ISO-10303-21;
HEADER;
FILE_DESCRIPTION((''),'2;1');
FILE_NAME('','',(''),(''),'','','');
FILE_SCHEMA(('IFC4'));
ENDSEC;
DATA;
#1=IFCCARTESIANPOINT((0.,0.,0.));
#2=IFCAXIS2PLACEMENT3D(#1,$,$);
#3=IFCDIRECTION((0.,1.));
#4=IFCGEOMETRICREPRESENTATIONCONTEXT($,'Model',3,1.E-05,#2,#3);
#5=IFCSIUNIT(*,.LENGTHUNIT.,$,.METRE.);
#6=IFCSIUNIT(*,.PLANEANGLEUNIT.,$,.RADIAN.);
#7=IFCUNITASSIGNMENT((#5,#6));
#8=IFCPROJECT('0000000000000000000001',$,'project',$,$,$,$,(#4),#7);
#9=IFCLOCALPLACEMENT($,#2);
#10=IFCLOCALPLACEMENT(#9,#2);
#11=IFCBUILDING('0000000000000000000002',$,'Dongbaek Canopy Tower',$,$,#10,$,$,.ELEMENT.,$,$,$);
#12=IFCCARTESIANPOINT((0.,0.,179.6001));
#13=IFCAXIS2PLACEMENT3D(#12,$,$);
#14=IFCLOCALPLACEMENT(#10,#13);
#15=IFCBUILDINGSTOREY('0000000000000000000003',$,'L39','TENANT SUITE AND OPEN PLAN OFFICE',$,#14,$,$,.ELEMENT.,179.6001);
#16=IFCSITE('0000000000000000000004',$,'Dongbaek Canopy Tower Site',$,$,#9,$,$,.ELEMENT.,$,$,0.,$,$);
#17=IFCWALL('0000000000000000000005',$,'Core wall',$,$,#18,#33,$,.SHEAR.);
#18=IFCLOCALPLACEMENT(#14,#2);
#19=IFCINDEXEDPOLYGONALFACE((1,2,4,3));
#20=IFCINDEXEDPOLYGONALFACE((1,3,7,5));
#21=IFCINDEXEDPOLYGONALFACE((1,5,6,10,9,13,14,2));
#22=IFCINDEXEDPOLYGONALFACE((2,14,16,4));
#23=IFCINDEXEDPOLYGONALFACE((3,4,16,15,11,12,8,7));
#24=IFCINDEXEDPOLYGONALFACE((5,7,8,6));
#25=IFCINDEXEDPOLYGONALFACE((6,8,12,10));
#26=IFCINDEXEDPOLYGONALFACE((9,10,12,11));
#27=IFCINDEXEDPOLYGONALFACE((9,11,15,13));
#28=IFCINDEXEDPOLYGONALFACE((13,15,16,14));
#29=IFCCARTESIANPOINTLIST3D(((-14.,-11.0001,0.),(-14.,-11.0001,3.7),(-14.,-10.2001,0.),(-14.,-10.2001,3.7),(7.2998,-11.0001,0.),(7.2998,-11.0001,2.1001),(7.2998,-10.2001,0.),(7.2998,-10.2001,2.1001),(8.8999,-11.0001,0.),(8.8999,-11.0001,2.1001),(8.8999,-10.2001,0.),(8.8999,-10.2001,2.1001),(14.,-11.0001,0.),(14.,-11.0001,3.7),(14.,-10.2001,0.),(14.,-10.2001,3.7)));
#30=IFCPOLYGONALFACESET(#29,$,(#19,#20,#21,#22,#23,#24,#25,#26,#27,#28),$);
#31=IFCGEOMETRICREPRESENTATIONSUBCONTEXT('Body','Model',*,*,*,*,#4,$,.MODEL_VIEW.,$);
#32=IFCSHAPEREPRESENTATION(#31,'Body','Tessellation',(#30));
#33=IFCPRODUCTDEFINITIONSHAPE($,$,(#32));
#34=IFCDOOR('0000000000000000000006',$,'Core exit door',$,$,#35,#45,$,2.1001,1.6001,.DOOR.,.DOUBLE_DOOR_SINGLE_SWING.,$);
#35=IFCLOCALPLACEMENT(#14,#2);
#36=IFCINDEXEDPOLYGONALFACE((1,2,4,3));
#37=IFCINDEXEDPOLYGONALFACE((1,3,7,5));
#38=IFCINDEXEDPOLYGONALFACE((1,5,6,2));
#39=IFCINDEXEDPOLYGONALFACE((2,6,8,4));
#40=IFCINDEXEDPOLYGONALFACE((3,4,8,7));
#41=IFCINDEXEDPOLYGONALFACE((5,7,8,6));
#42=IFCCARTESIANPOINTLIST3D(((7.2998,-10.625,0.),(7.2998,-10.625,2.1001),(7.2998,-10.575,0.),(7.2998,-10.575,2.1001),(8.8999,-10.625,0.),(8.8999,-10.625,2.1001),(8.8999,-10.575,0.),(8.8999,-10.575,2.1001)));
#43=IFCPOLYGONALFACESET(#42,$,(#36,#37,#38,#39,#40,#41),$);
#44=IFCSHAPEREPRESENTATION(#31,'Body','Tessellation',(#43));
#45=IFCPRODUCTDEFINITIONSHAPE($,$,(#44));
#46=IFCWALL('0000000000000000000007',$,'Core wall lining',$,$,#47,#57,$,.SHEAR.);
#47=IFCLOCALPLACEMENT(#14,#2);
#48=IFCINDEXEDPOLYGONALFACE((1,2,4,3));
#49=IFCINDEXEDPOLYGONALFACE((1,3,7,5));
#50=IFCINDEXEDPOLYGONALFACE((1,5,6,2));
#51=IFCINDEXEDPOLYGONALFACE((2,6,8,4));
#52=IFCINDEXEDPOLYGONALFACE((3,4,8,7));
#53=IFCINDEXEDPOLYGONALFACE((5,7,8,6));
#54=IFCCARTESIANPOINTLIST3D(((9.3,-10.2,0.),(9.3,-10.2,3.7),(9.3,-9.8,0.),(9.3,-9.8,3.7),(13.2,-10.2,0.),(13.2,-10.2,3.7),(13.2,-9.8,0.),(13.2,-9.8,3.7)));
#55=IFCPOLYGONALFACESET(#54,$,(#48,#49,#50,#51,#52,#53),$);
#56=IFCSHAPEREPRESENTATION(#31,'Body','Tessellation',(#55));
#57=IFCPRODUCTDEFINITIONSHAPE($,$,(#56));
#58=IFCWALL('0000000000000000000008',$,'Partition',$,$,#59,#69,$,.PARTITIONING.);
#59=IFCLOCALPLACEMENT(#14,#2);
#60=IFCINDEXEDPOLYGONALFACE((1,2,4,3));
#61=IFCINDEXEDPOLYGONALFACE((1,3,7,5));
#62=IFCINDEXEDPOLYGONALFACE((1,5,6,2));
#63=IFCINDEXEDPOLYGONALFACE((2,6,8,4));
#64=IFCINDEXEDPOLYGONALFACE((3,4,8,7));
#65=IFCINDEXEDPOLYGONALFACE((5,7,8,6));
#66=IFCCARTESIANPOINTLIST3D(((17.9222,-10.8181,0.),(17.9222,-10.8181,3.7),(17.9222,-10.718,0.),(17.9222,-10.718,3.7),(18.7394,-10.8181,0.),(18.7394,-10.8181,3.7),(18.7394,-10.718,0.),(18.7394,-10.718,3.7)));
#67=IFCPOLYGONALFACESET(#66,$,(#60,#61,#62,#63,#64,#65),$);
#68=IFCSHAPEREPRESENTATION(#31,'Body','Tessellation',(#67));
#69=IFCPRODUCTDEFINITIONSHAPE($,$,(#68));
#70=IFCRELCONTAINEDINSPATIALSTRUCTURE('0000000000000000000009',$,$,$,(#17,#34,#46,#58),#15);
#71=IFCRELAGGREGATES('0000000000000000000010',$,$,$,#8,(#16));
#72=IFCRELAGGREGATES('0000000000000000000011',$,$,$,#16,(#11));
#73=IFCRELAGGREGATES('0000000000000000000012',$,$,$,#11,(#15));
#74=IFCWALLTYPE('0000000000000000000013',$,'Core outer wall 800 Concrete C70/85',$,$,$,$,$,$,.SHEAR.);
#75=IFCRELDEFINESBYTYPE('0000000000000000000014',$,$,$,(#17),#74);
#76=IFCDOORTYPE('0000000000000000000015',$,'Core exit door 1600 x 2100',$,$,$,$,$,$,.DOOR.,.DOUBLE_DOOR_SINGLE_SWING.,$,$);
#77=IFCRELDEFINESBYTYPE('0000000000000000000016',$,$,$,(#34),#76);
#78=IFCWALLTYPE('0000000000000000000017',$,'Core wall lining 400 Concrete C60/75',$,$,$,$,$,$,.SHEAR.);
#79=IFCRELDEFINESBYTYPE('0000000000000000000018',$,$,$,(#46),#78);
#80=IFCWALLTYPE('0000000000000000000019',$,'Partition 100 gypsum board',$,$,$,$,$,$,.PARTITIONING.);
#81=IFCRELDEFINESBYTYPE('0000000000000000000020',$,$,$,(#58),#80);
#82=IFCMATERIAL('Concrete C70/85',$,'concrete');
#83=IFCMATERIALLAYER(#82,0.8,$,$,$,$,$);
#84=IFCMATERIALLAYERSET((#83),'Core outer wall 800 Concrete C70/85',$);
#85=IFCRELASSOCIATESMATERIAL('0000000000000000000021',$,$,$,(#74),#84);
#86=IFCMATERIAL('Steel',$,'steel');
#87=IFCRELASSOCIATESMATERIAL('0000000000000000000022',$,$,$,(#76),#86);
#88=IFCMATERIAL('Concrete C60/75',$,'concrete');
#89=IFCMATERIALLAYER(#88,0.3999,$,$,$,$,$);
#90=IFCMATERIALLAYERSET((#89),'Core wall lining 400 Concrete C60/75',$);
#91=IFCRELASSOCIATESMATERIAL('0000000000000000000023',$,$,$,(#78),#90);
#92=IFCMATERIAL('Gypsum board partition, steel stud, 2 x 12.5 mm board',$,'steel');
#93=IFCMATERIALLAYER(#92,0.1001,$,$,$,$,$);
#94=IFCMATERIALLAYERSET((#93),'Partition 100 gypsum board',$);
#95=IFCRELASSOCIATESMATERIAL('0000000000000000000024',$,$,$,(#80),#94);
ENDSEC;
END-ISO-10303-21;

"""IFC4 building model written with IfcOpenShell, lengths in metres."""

from ifc_helpers import new_model, si_unit, direction, frame, frame_2d, origin, place, context, subcontext, project, spatial, rectangle, extrude, material, layer, layer_set, type_object, element, fill, save


model = new_model("IFC4")

# Units and contexts
model_context = context("Model", 3, precision=1e-05, world=origin(), true_north=direction((0.0, 1.0)))
body_context = subcontext(model_context, "Body", "Model", "MODEL_VIEW")
ifc_project = project(units=[si_unit("LENGTHUNIT", "METRE"), si_unit("PLANEANGLEUNIT", "RADIAN")], contexts=[model_context])

# Site, building, storey
site_placement = place(None, origin())
site = spatial("IfcSite", under=ifc_project, at=site_placement, Name="Dongbaek Canopy Tower Site", CompositionType="ELEMENT", RefElevation=0.0)
building_placement = place(site_placement, origin())
building = spatial("IfcBuilding", under=site, at=building_placement, Name="Dongbaek Canopy Tower", CompositionType="ELEMENT")
storey_placement = place(building_placement, frame((0.0, 0.0, 179.6001)))
storey = spatial("IfcBuildingStorey", under=building, at=storey_placement, Name="L39", Description="TENANT SUITE AND OPEN PLAN OFFICE", CompositionType="ELEMENT", Elevation=179.6001)

# Wall, opening, door
ifc_material_1 = material(Name="Concrete C70/85", Category="concrete")
ifc_layer_1 = layer(ifc_material_1, 0.8)
ifc_layer_set_1 = layer_set([ifc_layer_1], Name="Core outer wall 800 Concrete C70/85")
wall_type_1 = type_object("IfcWallType", Name="Core outer wall 800 Concrete C70/85", PredefinedType="SHEAR", material=ifc_layer_set_1)
wall_1_placement = place(storey_placement, frame((14.0, -10.6001, 0.0), z_axis=(0.0, 0.0, 1.0), x_axis=(-1.0, 0.0, 0.0)))
wall_1 = element("IfcWall", 1, at=wall_1_placement, inside=storey, type_object=wall_type_1, Name="Core wall", PredefinedType="SHEAR", context=body_context, shape_type="SweptSolid", body=[
    extrude(rectangle(XDim=28.0, YDim=0.8, at=frame_2d((14.0, 0.0))), origin(), (0.0, 0.0, 1.0), 3.7),
])
opening_placement = place(wall_1_placement, frame((5.1001, 0.0, 0.0)))
opening = element("IfcOpeningElement", 2, at=opening_placement, cuts=wall_1, PredefinedType="OPENING", context=body_context, shape_type="SweptSolid", body=[
    extrude(rectangle(XDim=1.6001, YDim=2.1001, at=frame_2d((0.8, 1.05))), frame((0.0, 0.4099, 0.0), z_axis=(0.0, -1.0, 0.0), x_axis=(1.0, 0.0, 0.0)), (0.0, 0.0, 1.0), 0.8201),
])
ifc_material_2 = material(Name="Steel", Category="steel")
door_type = type_object("IfcDoorType", Name="Core exit door 1600 x 2100", OperationType="DOUBLE_DOOR_SINGLE_SWING", PredefinedType="DOOR", material=ifc_material_2)
door_placement = place(opening_placement, origin())
door = element("IfcDoor", 3, at=door_placement, inside=storey, type_object=door_type, Name="Core exit door", OperationType="DOUBLE_DOOR_SINGLE_SWING", OverallHeight=2.1001, OverallWidth=1.6001, PredefinedType="DOOR", context=body_context, shape_type="SweptSolid", body=[
    extrude(rectangle(XDim=1.6001, YDim=2.1001, at=frame_2d((0.8, 1.05))), frame((0.0, 0.0249, 0.0), z_axis=(0.0, -1.0, 0.0), x_axis=(1.0, 0.0, 0.0)), (0.0, 0.0, 1.0), 0.05),
])
fill(opening, door)

# Walls
ifc_material_3 = material(Name="Concrete C60/75", Category="concrete")
ifc_layer_2 = layer(ifc_material_3, 0.3999)
ifc_layer_set_2 = layer_set([ifc_layer_2], Name="Core wall lining 400 Concrete C60/75")
wall_type_2 = type_object("IfcWallType", Name="Core wall lining 400 Concrete C60/75", PredefinedType="SHEAR", material=ifc_layer_set_2)
wall_2_placement = place(storey_placement, frame((13.2, -10.0, 0.0), z_axis=(0.0, 0.0, 1.0), x_axis=(-1.0, 0.0, 0.0)))
element("IfcWall", 4, at=wall_2_placement, inside=storey, type_object=wall_type_2, Name="Core wall lining", PredefinedType="SHEAR", context=body_context, shape_type="SweptSolid", body=[
    extrude(rectangle(XDim=3.8999, YDim=0.3999, at=frame_2d((1.95, 0.0))), origin(), (0.0, 0.0, 1.0), 3.7),
])
ifc_material_4 = material(Name="Gypsum board partition, steel stud, 2 x 12.5 mm board", Category="steel")
ifc_layer_3 = layer(ifc_material_4, 0.1001)
ifc_layer_set_3 = layer_set([ifc_layer_3], Name="Partition 100 gypsum board")
wall_type_3 = type_object("IfcWallType", Name="Partition 100 gypsum board", PredefinedType="PARTITIONING", material=ifc_layer_set_3)
wall_3_placement = place(storey_placement, frame((17.9221, -10.7681, 0.0), z_axis=(0.0, 0.0, 1.0), x_axis=(1.0, 0.0, 0.0)))
element("IfcWall", 5, at=wall_3_placement, inside=storey, type_object=wall_type_3, Name="Partition", PredefinedType="PARTITIONING", context=body_context, shape_type="SweptSolid", body=[
    extrude(rectangle(XDim=0.8171, YDim=0.1001, at=frame_2d((0.4087, 0.0))), origin(), (0.0, 0.0, 1.0), 3.7),
])

save(model, "model.ifc")
